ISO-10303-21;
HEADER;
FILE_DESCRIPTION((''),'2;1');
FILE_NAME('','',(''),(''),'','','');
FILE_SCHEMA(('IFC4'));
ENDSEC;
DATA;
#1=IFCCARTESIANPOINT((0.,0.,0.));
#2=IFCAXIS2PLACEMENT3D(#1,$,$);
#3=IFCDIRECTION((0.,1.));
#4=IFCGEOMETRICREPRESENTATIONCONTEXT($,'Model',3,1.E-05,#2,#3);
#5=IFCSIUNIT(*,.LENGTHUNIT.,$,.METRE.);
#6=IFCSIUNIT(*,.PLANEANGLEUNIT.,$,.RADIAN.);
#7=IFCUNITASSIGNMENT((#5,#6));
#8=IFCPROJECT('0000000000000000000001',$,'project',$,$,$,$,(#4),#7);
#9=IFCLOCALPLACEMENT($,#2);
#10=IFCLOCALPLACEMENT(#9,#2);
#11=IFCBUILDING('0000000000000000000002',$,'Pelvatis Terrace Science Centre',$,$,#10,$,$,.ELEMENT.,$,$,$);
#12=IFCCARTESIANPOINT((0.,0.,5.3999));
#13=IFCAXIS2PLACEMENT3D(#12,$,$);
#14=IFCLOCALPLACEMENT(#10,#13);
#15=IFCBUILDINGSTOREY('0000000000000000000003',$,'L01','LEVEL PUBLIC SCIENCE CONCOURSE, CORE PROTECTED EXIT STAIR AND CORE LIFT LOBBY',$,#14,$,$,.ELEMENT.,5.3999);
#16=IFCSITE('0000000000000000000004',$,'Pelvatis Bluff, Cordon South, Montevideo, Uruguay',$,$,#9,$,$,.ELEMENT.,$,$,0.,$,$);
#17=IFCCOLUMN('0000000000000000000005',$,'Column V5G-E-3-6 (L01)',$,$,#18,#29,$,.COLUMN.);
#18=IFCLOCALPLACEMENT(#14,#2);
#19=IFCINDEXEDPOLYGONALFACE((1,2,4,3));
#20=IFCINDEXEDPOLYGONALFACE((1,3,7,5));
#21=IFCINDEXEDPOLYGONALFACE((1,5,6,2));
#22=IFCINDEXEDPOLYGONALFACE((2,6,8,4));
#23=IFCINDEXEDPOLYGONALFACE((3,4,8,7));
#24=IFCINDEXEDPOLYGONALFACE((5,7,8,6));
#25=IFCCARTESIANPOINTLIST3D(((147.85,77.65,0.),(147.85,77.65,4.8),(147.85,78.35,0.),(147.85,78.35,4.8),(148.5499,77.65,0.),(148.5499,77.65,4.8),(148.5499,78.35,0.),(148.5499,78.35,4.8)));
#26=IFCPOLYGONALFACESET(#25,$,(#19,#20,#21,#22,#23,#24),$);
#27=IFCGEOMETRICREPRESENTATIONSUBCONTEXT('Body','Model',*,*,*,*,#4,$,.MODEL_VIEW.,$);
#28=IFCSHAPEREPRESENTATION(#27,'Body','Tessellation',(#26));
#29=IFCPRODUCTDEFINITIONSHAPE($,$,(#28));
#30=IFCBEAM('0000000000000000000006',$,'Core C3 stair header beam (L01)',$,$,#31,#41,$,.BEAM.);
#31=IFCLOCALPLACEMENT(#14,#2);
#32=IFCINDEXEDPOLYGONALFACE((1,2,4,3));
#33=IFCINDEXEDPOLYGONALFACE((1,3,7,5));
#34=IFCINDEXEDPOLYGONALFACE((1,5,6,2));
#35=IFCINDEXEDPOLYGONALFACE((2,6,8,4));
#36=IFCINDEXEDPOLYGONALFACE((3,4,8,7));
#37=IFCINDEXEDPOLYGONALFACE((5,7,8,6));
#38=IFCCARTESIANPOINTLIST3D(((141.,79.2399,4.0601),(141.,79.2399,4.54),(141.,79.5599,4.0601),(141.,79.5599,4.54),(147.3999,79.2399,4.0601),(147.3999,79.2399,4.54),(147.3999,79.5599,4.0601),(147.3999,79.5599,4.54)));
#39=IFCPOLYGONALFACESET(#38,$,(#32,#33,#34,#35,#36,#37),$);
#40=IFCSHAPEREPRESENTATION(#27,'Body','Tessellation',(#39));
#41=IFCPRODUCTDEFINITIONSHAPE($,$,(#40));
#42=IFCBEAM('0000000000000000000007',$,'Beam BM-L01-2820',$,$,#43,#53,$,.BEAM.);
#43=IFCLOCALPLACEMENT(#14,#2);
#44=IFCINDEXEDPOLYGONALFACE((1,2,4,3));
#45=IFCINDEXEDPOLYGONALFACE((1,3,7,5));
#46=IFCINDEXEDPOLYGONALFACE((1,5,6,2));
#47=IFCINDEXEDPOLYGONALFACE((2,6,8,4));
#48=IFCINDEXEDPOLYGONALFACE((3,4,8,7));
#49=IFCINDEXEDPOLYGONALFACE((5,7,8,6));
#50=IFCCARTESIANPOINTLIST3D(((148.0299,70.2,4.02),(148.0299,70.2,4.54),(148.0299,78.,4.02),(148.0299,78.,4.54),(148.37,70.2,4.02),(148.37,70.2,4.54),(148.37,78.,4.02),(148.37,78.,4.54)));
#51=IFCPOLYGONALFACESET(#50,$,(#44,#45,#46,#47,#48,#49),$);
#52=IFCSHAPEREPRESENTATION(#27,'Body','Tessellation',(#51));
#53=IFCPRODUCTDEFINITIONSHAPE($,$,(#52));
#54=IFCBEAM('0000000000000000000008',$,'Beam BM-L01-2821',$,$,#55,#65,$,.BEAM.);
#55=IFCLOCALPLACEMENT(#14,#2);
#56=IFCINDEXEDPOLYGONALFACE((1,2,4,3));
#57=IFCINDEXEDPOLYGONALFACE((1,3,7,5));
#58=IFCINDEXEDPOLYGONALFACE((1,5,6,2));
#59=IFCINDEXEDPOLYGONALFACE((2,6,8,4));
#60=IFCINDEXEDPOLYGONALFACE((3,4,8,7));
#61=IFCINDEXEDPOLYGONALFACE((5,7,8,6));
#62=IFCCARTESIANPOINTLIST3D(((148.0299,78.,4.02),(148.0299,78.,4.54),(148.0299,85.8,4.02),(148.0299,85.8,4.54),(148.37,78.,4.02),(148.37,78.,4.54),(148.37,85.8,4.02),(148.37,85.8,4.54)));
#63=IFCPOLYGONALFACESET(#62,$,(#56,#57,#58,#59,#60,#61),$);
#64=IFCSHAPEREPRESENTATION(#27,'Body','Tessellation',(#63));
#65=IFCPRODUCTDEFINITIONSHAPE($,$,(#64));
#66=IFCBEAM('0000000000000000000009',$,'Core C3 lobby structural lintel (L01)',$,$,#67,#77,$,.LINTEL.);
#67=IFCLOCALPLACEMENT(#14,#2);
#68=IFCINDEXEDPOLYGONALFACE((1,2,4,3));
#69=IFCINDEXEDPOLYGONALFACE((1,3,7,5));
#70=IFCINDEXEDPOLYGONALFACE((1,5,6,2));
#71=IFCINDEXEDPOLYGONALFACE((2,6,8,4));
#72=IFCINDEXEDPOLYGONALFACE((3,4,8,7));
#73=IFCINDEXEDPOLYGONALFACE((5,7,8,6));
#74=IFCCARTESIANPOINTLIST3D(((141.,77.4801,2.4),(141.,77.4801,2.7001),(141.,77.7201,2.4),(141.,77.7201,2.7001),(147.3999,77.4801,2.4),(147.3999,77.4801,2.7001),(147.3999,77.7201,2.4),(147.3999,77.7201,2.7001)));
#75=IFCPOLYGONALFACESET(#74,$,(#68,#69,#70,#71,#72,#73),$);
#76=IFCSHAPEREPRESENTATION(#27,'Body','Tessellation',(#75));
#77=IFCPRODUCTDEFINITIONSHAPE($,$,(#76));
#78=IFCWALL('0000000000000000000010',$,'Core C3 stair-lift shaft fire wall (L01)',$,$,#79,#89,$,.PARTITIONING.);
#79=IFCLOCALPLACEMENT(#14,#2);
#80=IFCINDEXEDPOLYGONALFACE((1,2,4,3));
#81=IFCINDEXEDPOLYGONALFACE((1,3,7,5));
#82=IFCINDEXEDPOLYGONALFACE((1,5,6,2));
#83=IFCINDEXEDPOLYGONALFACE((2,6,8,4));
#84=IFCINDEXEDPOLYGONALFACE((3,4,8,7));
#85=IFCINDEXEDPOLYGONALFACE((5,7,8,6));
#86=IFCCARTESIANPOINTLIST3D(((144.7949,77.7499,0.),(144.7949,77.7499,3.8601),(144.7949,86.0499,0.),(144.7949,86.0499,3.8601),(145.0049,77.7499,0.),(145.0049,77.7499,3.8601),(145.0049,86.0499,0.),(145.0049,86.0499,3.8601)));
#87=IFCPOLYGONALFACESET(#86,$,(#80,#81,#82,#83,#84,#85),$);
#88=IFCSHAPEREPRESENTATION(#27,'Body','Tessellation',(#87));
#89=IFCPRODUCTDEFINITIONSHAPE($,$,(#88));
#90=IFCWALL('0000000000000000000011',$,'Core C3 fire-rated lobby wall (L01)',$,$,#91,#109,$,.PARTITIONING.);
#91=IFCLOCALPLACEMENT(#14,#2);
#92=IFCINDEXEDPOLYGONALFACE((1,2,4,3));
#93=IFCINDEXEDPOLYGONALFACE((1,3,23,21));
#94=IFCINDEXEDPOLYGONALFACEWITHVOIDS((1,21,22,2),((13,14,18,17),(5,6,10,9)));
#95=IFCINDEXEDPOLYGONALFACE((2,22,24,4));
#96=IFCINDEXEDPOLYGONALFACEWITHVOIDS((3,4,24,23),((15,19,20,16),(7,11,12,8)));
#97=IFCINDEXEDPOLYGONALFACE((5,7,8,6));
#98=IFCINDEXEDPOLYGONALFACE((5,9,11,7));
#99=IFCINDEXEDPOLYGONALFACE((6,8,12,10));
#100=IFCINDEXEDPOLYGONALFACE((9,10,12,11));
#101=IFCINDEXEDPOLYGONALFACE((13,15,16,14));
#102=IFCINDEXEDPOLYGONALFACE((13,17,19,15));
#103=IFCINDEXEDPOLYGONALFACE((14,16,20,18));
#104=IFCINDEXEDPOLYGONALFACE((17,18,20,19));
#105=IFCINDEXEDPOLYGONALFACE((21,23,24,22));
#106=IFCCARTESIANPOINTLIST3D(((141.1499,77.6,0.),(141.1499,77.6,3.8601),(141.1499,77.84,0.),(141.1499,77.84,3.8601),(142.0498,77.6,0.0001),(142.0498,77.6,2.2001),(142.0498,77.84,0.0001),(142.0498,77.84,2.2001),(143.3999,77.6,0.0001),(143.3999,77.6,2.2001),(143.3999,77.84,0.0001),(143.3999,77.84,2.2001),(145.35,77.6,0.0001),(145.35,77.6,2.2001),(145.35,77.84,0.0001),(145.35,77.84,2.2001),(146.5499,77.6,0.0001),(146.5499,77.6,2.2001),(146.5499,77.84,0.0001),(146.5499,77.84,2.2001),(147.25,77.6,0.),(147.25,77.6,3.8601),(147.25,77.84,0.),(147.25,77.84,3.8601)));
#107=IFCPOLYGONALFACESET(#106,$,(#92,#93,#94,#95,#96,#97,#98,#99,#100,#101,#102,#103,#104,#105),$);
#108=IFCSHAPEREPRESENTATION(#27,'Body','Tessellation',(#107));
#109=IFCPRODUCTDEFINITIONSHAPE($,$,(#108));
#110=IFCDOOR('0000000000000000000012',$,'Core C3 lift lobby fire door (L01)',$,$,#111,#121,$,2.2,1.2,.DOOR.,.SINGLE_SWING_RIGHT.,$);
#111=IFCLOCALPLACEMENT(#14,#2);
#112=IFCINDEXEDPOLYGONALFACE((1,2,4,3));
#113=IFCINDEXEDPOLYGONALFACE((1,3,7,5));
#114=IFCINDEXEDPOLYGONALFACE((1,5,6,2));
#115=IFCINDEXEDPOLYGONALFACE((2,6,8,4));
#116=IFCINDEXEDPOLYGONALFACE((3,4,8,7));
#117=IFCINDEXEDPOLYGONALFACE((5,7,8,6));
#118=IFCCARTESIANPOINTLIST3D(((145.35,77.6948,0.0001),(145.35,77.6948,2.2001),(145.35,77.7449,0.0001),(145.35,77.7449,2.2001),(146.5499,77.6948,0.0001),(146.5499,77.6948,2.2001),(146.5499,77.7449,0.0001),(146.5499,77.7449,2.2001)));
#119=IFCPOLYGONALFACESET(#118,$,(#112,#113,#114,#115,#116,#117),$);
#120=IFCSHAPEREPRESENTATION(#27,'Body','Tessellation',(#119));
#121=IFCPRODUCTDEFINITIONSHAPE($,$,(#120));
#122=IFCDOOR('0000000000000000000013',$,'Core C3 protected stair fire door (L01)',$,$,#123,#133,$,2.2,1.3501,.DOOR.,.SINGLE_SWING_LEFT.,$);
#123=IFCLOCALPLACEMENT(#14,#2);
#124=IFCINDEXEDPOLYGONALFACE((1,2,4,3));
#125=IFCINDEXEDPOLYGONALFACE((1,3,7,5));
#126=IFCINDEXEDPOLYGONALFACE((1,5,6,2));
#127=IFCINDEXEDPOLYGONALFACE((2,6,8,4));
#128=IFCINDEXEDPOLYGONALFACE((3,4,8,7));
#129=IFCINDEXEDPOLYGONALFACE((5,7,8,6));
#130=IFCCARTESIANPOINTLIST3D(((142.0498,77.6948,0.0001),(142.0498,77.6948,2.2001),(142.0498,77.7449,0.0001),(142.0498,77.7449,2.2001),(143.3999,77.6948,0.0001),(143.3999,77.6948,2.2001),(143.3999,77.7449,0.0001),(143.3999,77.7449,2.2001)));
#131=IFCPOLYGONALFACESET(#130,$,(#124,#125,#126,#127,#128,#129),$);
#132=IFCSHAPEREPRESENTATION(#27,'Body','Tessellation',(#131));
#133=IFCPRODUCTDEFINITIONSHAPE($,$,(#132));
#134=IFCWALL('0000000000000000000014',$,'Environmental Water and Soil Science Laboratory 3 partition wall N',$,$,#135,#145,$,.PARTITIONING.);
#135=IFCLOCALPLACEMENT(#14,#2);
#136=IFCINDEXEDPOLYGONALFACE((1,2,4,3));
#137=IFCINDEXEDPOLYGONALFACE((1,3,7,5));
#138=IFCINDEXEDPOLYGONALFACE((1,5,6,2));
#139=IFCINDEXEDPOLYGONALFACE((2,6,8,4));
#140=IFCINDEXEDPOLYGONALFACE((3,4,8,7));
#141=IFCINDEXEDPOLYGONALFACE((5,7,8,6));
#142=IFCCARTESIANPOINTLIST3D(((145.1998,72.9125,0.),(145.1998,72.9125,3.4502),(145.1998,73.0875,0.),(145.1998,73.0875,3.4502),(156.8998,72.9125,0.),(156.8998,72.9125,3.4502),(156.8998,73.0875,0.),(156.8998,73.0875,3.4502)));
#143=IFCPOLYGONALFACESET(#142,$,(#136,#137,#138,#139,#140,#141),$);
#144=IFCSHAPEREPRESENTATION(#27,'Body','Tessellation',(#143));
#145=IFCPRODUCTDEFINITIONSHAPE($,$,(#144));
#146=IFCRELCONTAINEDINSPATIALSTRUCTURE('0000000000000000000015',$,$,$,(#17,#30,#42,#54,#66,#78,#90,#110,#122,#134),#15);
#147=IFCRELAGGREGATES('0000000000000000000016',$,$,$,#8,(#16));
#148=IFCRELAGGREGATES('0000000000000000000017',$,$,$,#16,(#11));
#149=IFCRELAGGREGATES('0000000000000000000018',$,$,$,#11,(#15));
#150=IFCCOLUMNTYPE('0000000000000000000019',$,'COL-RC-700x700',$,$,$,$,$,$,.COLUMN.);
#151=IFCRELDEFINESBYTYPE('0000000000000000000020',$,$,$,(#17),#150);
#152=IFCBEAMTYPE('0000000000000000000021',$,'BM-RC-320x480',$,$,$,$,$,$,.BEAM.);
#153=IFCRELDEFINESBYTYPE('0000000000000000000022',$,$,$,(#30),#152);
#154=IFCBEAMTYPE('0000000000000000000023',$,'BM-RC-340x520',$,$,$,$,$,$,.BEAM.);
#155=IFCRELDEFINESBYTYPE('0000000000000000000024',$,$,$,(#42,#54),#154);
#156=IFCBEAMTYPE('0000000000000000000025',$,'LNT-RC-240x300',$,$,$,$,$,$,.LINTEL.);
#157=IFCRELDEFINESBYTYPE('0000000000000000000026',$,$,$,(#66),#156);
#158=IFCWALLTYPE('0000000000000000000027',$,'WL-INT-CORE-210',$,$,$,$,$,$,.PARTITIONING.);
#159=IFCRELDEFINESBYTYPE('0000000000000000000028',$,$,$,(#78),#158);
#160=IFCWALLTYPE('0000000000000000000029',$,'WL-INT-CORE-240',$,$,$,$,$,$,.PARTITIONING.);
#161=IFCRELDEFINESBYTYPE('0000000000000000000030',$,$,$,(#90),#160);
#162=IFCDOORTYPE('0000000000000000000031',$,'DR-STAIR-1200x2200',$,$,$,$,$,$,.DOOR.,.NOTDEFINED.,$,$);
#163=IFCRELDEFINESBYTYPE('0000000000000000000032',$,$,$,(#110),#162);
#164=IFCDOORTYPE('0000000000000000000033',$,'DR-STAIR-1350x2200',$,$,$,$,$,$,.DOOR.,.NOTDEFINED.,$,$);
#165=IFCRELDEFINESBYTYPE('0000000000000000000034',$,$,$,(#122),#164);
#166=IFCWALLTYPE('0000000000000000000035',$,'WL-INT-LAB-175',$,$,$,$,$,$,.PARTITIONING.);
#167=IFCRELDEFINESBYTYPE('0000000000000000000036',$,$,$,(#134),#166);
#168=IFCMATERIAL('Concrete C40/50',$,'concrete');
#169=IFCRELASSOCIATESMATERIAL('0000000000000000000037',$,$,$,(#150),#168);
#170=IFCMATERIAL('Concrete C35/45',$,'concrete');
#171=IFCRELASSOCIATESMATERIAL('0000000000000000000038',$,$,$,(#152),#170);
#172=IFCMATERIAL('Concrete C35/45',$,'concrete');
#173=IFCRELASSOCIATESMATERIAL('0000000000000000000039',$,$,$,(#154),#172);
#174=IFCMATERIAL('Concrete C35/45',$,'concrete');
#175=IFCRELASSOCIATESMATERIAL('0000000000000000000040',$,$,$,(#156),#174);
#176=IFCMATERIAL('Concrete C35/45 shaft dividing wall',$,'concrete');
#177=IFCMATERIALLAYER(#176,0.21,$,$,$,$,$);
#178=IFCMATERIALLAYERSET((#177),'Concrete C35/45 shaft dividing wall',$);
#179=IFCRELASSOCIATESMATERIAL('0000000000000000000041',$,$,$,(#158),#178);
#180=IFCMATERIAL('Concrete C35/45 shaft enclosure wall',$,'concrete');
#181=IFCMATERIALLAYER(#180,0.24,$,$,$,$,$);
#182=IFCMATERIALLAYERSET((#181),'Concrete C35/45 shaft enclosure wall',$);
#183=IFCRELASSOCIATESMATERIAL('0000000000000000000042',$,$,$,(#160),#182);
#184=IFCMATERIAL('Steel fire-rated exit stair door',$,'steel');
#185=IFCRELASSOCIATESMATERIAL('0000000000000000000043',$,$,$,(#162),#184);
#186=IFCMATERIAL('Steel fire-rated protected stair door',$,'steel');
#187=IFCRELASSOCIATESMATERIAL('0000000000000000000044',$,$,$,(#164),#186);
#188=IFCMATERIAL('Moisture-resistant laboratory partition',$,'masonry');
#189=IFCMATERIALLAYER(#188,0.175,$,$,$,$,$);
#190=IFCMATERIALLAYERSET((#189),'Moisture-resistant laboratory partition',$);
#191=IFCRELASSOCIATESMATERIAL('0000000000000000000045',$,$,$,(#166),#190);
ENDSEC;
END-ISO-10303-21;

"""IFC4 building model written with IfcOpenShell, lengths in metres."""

from ifc_helpers import new_model, si_unit, direction, frame, frame_2d, origin, origin_2d, place, context, subcontext, project, spatial, rectangle, extrude, material, layer, layer_set, material_profile, profile_set, type_object, element, fill, save


model = new_model("IFC4")

# Units and contexts
model_context = context("Model", 3, precision=1e-05, world=origin(), true_north=direction((0.0, 1.0)))
body_context = subcontext(model_context, "Body", "Model", "MODEL_VIEW")
ifc_project = project(units=[si_unit("LENGTHUNIT", "METRE"), si_unit("PLANEANGLEUNIT", "RADIAN")], contexts=[model_context])

# Site, building, storey
site_placement = place(None, origin())
site = spatial("IfcSite", under=ifc_project, at=site_placement, Name="Pelvatis Bluff, Cordon South, Montevideo, Uruguay", CompositionType="ELEMENT", RefElevation=0.0)
building_placement = place(site_placement, origin())
building = spatial("IfcBuilding", under=site, at=building_placement, Name="Pelvatis Terrace Science Centre", CompositionType="ELEMENT")
storey_placement = place(building_placement, frame((0.0, 0.0, 5.3999)))
storey = spatial("IfcBuildingStorey", under=building, at=storey_placement, Name="L01", Description="LEVEL PUBLIC SCIENCE CONCOURSE, CORE PROTECTED EXIT STAIR AND CORE LIFT LOBBY", CompositionType="ELEMENT", Elevation=5.3999)

# Column
ifc_material_1 = material(Name="Concrete C40/50", Category="concrete")
ifc_material_profile_1 = material_profile(ifc_material_1, rectangle(XDim=0.7, YDim=0.7, at=origin_2d()), Name="RC-COL 700x700")
ifc_profile_set_1 = profile_set([ifc_material_profile_1], Name="Concrete C40/50")
column_type = type_object("IfcColumnType", Name="COL-RC-700x700", PredefinedType="COLUMN", material=ifc_profile_set_1)
column_placement = place(storey_placement, frame((148.2, 78.0, 0.0), z_axis=(0.0, 0.0, 1.0), x_axis=(1.0, 0.0, 0.0)))
element("IfcColumn", 1, at=column_placement, inside=storey, type_object=column_type, Name="Column V5G-E-3-6 (L01)", PredefinedType="COLUMN", context=body_context, shape_type="SweptSolid", body=[
    extrude(rectangle(XDim=0.7, YDim=0.7, at=origin_2d()), origin(), (0.0, 0.0, 1.0), 4.8),
])

# Beams
ifc_material_2 = material(Name="Concrete C35/45", Category="concrete")
ifc_material_profile_2 = material_profile(ifc_material_2, rectangle(XDim=0.3201, YDim=0.48, at=origin_2d()), Name="RC-BM 320x480")
ifc_profile_set_2 = profile_set([ifc_material_profile_2], Name="Concrete C35/45")
beam_type_1 = type_object("IfcBeamType", Name="BM-RC-320x480", PredefinedType="BEAM", material=ifc_profile_set_2)
beam_1_placement = place(storey_placement, frame((141.0, 79.3999, 4.3), z_axis=(1.0, 0.0, 0.0), x_axis=(0.0, 1.0, 0.0)))
element("IfcBeam", 2, at=beam_1_placement, inside=storey, type_object=beam_type_1, Name="Core C3 stair header beam (L01)", PredefinedType="BEAM", context=body_context, shape_type="SweptSolid", body=[
    extrude(rectangle(XDim=0.3201, YDim=0.48, at=origin_2d()), origin(), (0.0, 0.0, 1.0), 6.3999),
])
ifc_material_3 = material(Name="Concrete C35/45", Category="concrete")
ifc_material_profile_3 = material_profile(ifc_material_3, rectangle(XDim=0.3401, YDim=0.52, at=origin_2d()), Name="RC-BM 340x520")
ifc_profile_set_3 = profile_set([ifc_material_profile_3], Name="Concrete C35/45")
beam_type_2 = type_object("IfcBeamType", Name="BM-RC-340x520", PredefinedType="BEAM", material=ifc_profile_set_3)
for number, where, z_axis, x_axis, name in (
    (3, (148.2, 70.2, 4.28), (0.0, 1.0, 0.0), (-1.0, 0.0, 0.0), "Beam BM-L01-2820"),
    (4, (148.2, 78.0, 4.28), (0.0, 1.0, 0.0), (-1.0, 0.0, 0.0), "Beam BM-L01-2821"),
):
    element("IfcBeam", number, at=place(storey_placement, frame(where, z_axis=z_axis, x_axis=x_axis)), inside=storey, type_object=beam_type_2, Name=name, PredefinedType="BEAM", context=body_context, shape_type="SweptSolid", body=[
        extrude(rectangle(XDim=0.3401, YDim=0.52, at=origin_2d()), origin(), (0.0, 0.0, 1.0), 7.8),
    ])
ifc_material_4 = material(Name="Concrete C35/45", Category="concrete")
ifc_material_profile_4 = material_profile(ifc_material_4, rectangle(XDim=0.24, YDim=0.3, at=origin_2d()), Name="RC-LNT 240x300")
ifc_profile_set_4 = profile_set([ifc_material_profile_4], Name="Concrete C35/45")
beam_type_3 = type_object("IfcBeamType", Name="LNT-RC-240x300", PredefinedType="LINTEL", material=ifc_profile_set_4)
beam_2_placement = place(storey_placement, frame((141.0, 77.6001, 2.55), z_axis=(1.0, 0.0, 0.0), x_axis=(0.0, 1.0, 0.0)))
element("IfcBeam", 5, at=beam_2_placement, inside=storey, type_object=beam_type_3, Name="Core C3 lobby structural lintel (L01)", PredefinedType="LINTEL", context=body_context, shape_type="SweptSolid", body=[
    extrude(rectangle(XDim=0.24, YDim=0.3, at=origin_2d()), origin(), (0.0, 0.0, 1.0), 6.3999),
])

# Wall
ifc_material_5 = material(Name="Concrete C35/45 shaft dividing wall", Category="concrete")
ifc_layer_1 = layer(ifc_material_5, 0.21)
ifc_layer_set_1 = layer_set([ifc_layer_1], Name="Concrete C35/45 shaft dividing wall")
wall_type_1 = type_object("IfcWallType", Name="WL-INT-CORE-210", PredefinedType="PARTITIONING", material=ifc_layer_set_1)
wall_1_placement = place(storey_placement, frame((144.8999, 77.75, 0.0), z_axis=(0.0, 0.0, 1.0), x_axis=(0.0, 1.0, 0.0)))
element("IfcWall", 6, at=wall_1_placement, inside=storey, type_object=wall_type_1, Name="Core C3 stair-lift shaft fire wall (L01)", PredefinedType="PARTITIONING", context=body_context, shape_type="SweptSolid", body=[
    extrude(rectangle(XDim=8.3, YDim=0.21, at=frame_2d((4.1499, 0.0))), origin(), (0.0, 0.0, 1.0), 3.8601),
])

# Wall, openings, doors
ifc_material_6 = material(Name="Concrete C35/45 shaft enclosure wall", Category="concrete")
ifc_layer_2 = layer(ifc_material_6, 0.24)
ifc_layer_set_2 = layer_set([ifc_layer_2], Name="Concrete C35/45 shaft enclosure wall")
wall_type_2 = type_object("IfcWallType", Name="WL-INT-CORE-240", PredefinedType="PARTITIONING", material=ifc_layer_set_2)
wall_2_placement = place(storey_placement, frame((141.1499, 77.72, 0.0), z_axis=(0.0, 0.0, 1.0), x_axis=(1.0, 0.0, 0.0)))
wall_2 = element("IfcWall", 7, at=wall_2_placement, inside=storey, type_object=wall_type_2, Name="Core C3 fire-rated lobby wall (L01)", PredefinedType="PARTITIONING", context=body_context, shape_type="SweptSolid", body=[
    extrude(rectangle(XDim=6.1001, YDim=0.24, at=frame_2d((3.05, 0.0))), origin(), (0.0, 0.0, 1.0), 3.8601),
])
opening_1_placement = place(wall_2_placement, frame((0.8999, 0.0, 0.0)))
opening_1 = element("IfcOpeningElement", 8, at=opening_1_placement, cuts=wall_2, PredefinedType="OPENING", context=body_context, shape_type="SweptSolid", body=[
    extrude(rectangle(XDim=1.3501, YDim=2.2, at=frame_2d((0.675, 1.1001))), frame((0.0, 0.1299, 0.0), z_axis=(0.0, -1.0, 0.0), x_axis=(1.0, 0.0, 0.0)), (0.0, 0.0, 1.0), 0.26),
])
opening_2_placement = place(wall_2_placement, frame((4.2, 0.0, 0.0)))
opening_2 = element("IfcOpeningElement", 9, at=opening_2_placement, cuts=wall_2, PredefinedType="OPENING", context=body_context, shape_type="SweptSolid", body=[
    extrude(rectangle(XDim=1.2, YDim=2.2, at=frame_2d((0.6001, 1.1001))), frame((0.0, 0.1299, 0.0), z_axis=(0.0, -1.0, 0.0), x_axis=(1.0, 0.0, 0.0)), (0.0, 0.0, 1.0), 0.26),
])
ifc_material_7 = material(Name="Steel fire-rated exit stair door", Category="steel")
door_type_1 = type_object("IfcDoorType", Name="DR-STAIR-1200x2200", OperationType="NOTDEFINED", PredefinedType="DOOR", material=ifc_material_7)
door_1_placement = place(opening_2_placement, origin())
door_1 = element("IfcDoor", 10, at=door_1_placement, inside=storey, type_object=door_type_1, Name="Core C3 lift lobby fire door (L01)", OperationType="SINGLE_SWING_RIGHT", OverallHeight=2.2, OverallWidth=1.2, PredefinedType="DOOR", context=body_context, shape_type="SweptSolid", body=[
    extrude(rectangle(XDim=1.2, YDim=2.2, at=frame_2d((0.6001, 1.1001))), frame((0.0, 0.0249, 0.0), z_axis=(0.0, -1.0, 0.0), x_axis=(1.0, 0.0, 0.0)), (0.0, 0.0, 1.0), 0.05),
])
fill(opening_2, door_1)
ifc_material_8 = material(Name="Steel fire-rated protected stair door", Category="steel")
door_type_2 = type_object("IfcDoorType", Name="DR-STAIR-1350x2200", OperationType="NOTDEFINED", PredefinedType="DOOR", material=ifc_material_8)
door_2_placement = place(opening_1_placement, origin())
door_2 = element("IfcDoor", 11, at=door_2_placement, inside=storey, type_object=door_type_2, Name="Core C3 protected stair fire door (L01)", OperationType="SINGLE_SWING_LEFT", OverallHeight=2.2, OverallWidth=1.3501, PredefinedType="DOOR", context=body_context, shape_type="SweptSolid", body=[
    extrude(rectangle(XDim=1.3501, YDim=2.2, at=frame_2d((0.675, 1.1001))), frame((0.0, 0.0249, 0.0), z_axis=(0.0, -1.0, 0.0), x_axis=(1.0, 0.0, 0.0)), (0.0, 0.0, 1.0), 0.05),
])
fill(opening_1, door_2)

# Wall
ifc_material_9 = material(Name="Moisture-resistant laboratory partition", Category="masonry")
ifc_layer_3 = layer(ifc_material_9, 0.175)
ifc_layer_set_3 = layer_set([ifc_layer_3], Name="Moisture-resistant laboratory partition")
wall_type_3 = type_object("IfcWallType", Name="WL-INT-LAB-175", PredefinedType="PARTITIONING", material=ifc_layer_set_3)
wall_3_placement = place(storey_placement, frame((156.8999, 73.0, 0.0), z_axis=(0.0, 0.0, 1.0), x_axis=(-1.0, 0.0, 0.0)))
element("IfcWall", 12, at=wall_3_placement, inside=storey, type_object=wall_type_3, Name="Environmental Water and Soil Science Laboratory 3 partition wall N", PredefinedType="PARTITIONING", context=body_context, shape_type="SweptSolid", body=[
    extrude(rectangle(XDim=11.7, YDim=0.175, at=frame_2d((5.8501, 0.0))), origin(), (0.0, 0.0, 1.0), 3.4502),
])

save(model, "model.ifc")
